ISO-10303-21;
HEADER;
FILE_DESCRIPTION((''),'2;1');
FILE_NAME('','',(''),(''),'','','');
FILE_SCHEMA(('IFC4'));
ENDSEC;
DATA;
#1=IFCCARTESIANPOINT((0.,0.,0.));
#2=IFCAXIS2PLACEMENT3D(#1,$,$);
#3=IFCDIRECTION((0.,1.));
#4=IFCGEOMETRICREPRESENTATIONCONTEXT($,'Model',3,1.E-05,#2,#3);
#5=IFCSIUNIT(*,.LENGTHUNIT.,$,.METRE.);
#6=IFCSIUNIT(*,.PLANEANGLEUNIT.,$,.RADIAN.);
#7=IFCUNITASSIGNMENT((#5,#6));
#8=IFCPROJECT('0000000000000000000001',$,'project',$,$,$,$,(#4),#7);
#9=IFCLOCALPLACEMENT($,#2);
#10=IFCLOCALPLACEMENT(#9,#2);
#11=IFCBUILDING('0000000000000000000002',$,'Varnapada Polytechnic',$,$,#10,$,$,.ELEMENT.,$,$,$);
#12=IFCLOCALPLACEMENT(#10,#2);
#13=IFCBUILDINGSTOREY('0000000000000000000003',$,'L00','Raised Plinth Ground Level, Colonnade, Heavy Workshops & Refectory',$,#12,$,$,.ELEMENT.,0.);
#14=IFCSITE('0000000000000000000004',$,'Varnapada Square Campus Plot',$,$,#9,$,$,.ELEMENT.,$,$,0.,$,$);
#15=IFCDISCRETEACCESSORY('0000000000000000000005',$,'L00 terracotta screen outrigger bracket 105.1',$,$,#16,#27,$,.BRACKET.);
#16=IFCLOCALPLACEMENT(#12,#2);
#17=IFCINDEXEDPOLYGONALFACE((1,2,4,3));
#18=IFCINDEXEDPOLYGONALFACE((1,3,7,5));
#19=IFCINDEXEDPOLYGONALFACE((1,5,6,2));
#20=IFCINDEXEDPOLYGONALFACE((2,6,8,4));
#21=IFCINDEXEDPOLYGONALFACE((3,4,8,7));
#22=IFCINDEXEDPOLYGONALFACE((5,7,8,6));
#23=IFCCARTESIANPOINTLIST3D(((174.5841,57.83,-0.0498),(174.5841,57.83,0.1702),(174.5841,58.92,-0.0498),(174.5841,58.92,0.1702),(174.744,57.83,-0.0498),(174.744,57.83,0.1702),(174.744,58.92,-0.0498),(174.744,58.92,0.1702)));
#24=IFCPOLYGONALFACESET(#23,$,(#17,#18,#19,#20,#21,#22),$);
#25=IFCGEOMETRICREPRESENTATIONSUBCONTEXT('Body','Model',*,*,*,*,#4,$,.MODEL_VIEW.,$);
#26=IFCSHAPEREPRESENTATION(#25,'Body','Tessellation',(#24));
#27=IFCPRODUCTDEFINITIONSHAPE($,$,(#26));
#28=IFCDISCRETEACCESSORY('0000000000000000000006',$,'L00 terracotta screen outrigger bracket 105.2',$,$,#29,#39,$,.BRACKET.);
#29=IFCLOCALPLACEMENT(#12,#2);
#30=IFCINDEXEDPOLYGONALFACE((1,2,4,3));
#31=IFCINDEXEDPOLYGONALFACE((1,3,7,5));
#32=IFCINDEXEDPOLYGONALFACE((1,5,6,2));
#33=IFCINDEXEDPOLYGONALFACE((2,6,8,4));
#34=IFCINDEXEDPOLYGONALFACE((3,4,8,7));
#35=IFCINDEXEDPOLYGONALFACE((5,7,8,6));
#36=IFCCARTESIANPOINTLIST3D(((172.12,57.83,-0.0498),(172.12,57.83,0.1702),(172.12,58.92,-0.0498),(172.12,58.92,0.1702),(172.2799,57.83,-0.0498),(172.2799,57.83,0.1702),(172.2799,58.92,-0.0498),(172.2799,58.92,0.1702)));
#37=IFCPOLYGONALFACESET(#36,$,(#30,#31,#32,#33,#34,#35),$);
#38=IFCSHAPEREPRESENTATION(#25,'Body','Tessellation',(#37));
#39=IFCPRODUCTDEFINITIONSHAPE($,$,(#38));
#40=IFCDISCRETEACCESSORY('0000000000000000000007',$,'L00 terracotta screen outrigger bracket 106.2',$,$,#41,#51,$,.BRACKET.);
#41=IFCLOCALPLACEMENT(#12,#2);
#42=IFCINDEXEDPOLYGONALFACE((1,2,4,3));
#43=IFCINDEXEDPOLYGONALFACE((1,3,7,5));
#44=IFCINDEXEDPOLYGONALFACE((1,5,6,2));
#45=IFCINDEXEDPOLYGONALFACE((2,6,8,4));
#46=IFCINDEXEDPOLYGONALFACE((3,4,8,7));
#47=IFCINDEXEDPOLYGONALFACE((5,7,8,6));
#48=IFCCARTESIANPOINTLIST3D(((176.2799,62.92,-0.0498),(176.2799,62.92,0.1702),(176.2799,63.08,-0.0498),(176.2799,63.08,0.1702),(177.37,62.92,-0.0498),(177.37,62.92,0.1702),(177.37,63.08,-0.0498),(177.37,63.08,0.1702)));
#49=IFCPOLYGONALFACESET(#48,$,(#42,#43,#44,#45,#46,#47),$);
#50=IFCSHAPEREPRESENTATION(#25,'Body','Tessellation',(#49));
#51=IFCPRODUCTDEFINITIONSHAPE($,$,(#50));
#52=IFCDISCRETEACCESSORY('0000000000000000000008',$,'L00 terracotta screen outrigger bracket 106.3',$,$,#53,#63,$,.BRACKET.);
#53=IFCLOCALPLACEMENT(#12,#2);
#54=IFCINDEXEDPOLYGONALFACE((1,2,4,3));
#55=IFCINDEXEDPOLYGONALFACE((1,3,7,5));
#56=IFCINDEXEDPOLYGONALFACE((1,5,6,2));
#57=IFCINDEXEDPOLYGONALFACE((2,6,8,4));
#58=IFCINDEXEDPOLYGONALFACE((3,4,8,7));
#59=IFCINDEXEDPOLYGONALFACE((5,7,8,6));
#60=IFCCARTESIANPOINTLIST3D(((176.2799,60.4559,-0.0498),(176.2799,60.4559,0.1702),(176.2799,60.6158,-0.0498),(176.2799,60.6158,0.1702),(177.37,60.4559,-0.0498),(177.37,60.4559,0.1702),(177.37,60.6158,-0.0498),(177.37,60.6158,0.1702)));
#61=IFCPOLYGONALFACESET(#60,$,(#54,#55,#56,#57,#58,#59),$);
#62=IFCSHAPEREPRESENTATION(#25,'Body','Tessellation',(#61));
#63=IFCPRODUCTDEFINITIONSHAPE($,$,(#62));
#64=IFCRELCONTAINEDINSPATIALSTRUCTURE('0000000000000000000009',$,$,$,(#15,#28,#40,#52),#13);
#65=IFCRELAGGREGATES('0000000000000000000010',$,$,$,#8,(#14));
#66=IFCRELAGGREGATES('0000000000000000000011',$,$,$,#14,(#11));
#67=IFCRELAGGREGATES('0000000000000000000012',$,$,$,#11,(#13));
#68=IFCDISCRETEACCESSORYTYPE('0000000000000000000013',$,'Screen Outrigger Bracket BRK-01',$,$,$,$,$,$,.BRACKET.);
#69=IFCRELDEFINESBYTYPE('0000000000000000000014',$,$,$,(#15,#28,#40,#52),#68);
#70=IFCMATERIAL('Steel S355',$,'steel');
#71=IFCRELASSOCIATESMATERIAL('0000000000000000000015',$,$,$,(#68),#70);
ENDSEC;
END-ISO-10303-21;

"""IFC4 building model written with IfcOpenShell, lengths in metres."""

from ifc_helpers import new_model, si_unit, direction, frame, origin, origin_2d, place, context, subcontext, project, spatial, rectangle, extrude, material, type_object, element, save


model = new_model("IFC4")

# Units and contexts
model_context = context("Model", 3, precision=1e-05, world=origin(), true_north=direction((0.0, 1.0)))
body_context = subcontext(model_context, "Body", "Model", "MODEL_VIEW")
ifc_project = project(units=[si_unit("LENGTHUNIT", "METRE"), si_unit("PLANEANGLEUNIT", "RADIAN")], contexts=[model_context])

# Site, building, storey
site_placement = place(None, origin())
site = spatial("IfcSite", under=ifc_project, at=site_placement, Name="Varnapada Square Campus Plot", CompositionType="ELEMENT", RefElevation=0.0)
building_placement = place(site_placement, origin())
building = spatial("IfcBuilding", under=site, at=building_placement, Name="Varnapada Polytechnic", CompositionType="ELEMENT")
storey_placement = place(building_placement, origin())
storey = spatial("IfcBuildingStorey", under=building, at=storey_placement, Name="L00", Description="Raised Plinth Ground Level, Colonnade, Heavy Workshops & Refectory", CompositionType="ELEMENT", Elevation=0.0)

# Discrete accessories
ifc_material_1 = material(Name="Steel S355", Category="steel")
discrete_accessory_type = type_object("IfcDiscreteAccessoryType", Name="Screen Outrigger Bracket BRK-01", PredefinedType="BRACKET", material=ifc_material_1)
for number, where, z_axis, x_axis, name in (
    (1, (174.6641, 58.375, -0.0498), (0.0, 0.0, 1.0), (-1.0, 0.0, 0.0), "L00 terracotta screen outrigger bracket 105.1"),
    (2, (172.2, 58.375, -0.0498), (0.0, 0.0, 1.0), (-1.0, 0.0, 0.0), "L00 terracotta screen outrigger bracket 105.2"),
    (3, (176.825, 63.0, -0.0498), (0.0, 0.0, 1.0), (0.0, -1.0, 0.0), "L00 terracotta screen outrigger bracket 106.2"),
    (4, (176.825, 60.5359, -0.0498), (0.0, 0.0, 1.0), (0.0, -1.0, 0.0), "L00 terracotta screen outrigger bracket 106.3"),
):
    element("IfcDiscreteAccessory", number, at=place(storey_placement, frame(where, z_axis=z_axis, x_axis=x_axis)), inside=storey, type_object=discrete_accessory_type, Name=name, PredefinedType="BRACKET", context=body_context, shape_type="SweptSolid", body=[
        extrude(rectangle(XDim=0.1599, YDim=1.0901, at=origin_2d()), origin(), (0.0, 0.0, 1.0), 0.22),
    ])

save(model, "model.ifc")
